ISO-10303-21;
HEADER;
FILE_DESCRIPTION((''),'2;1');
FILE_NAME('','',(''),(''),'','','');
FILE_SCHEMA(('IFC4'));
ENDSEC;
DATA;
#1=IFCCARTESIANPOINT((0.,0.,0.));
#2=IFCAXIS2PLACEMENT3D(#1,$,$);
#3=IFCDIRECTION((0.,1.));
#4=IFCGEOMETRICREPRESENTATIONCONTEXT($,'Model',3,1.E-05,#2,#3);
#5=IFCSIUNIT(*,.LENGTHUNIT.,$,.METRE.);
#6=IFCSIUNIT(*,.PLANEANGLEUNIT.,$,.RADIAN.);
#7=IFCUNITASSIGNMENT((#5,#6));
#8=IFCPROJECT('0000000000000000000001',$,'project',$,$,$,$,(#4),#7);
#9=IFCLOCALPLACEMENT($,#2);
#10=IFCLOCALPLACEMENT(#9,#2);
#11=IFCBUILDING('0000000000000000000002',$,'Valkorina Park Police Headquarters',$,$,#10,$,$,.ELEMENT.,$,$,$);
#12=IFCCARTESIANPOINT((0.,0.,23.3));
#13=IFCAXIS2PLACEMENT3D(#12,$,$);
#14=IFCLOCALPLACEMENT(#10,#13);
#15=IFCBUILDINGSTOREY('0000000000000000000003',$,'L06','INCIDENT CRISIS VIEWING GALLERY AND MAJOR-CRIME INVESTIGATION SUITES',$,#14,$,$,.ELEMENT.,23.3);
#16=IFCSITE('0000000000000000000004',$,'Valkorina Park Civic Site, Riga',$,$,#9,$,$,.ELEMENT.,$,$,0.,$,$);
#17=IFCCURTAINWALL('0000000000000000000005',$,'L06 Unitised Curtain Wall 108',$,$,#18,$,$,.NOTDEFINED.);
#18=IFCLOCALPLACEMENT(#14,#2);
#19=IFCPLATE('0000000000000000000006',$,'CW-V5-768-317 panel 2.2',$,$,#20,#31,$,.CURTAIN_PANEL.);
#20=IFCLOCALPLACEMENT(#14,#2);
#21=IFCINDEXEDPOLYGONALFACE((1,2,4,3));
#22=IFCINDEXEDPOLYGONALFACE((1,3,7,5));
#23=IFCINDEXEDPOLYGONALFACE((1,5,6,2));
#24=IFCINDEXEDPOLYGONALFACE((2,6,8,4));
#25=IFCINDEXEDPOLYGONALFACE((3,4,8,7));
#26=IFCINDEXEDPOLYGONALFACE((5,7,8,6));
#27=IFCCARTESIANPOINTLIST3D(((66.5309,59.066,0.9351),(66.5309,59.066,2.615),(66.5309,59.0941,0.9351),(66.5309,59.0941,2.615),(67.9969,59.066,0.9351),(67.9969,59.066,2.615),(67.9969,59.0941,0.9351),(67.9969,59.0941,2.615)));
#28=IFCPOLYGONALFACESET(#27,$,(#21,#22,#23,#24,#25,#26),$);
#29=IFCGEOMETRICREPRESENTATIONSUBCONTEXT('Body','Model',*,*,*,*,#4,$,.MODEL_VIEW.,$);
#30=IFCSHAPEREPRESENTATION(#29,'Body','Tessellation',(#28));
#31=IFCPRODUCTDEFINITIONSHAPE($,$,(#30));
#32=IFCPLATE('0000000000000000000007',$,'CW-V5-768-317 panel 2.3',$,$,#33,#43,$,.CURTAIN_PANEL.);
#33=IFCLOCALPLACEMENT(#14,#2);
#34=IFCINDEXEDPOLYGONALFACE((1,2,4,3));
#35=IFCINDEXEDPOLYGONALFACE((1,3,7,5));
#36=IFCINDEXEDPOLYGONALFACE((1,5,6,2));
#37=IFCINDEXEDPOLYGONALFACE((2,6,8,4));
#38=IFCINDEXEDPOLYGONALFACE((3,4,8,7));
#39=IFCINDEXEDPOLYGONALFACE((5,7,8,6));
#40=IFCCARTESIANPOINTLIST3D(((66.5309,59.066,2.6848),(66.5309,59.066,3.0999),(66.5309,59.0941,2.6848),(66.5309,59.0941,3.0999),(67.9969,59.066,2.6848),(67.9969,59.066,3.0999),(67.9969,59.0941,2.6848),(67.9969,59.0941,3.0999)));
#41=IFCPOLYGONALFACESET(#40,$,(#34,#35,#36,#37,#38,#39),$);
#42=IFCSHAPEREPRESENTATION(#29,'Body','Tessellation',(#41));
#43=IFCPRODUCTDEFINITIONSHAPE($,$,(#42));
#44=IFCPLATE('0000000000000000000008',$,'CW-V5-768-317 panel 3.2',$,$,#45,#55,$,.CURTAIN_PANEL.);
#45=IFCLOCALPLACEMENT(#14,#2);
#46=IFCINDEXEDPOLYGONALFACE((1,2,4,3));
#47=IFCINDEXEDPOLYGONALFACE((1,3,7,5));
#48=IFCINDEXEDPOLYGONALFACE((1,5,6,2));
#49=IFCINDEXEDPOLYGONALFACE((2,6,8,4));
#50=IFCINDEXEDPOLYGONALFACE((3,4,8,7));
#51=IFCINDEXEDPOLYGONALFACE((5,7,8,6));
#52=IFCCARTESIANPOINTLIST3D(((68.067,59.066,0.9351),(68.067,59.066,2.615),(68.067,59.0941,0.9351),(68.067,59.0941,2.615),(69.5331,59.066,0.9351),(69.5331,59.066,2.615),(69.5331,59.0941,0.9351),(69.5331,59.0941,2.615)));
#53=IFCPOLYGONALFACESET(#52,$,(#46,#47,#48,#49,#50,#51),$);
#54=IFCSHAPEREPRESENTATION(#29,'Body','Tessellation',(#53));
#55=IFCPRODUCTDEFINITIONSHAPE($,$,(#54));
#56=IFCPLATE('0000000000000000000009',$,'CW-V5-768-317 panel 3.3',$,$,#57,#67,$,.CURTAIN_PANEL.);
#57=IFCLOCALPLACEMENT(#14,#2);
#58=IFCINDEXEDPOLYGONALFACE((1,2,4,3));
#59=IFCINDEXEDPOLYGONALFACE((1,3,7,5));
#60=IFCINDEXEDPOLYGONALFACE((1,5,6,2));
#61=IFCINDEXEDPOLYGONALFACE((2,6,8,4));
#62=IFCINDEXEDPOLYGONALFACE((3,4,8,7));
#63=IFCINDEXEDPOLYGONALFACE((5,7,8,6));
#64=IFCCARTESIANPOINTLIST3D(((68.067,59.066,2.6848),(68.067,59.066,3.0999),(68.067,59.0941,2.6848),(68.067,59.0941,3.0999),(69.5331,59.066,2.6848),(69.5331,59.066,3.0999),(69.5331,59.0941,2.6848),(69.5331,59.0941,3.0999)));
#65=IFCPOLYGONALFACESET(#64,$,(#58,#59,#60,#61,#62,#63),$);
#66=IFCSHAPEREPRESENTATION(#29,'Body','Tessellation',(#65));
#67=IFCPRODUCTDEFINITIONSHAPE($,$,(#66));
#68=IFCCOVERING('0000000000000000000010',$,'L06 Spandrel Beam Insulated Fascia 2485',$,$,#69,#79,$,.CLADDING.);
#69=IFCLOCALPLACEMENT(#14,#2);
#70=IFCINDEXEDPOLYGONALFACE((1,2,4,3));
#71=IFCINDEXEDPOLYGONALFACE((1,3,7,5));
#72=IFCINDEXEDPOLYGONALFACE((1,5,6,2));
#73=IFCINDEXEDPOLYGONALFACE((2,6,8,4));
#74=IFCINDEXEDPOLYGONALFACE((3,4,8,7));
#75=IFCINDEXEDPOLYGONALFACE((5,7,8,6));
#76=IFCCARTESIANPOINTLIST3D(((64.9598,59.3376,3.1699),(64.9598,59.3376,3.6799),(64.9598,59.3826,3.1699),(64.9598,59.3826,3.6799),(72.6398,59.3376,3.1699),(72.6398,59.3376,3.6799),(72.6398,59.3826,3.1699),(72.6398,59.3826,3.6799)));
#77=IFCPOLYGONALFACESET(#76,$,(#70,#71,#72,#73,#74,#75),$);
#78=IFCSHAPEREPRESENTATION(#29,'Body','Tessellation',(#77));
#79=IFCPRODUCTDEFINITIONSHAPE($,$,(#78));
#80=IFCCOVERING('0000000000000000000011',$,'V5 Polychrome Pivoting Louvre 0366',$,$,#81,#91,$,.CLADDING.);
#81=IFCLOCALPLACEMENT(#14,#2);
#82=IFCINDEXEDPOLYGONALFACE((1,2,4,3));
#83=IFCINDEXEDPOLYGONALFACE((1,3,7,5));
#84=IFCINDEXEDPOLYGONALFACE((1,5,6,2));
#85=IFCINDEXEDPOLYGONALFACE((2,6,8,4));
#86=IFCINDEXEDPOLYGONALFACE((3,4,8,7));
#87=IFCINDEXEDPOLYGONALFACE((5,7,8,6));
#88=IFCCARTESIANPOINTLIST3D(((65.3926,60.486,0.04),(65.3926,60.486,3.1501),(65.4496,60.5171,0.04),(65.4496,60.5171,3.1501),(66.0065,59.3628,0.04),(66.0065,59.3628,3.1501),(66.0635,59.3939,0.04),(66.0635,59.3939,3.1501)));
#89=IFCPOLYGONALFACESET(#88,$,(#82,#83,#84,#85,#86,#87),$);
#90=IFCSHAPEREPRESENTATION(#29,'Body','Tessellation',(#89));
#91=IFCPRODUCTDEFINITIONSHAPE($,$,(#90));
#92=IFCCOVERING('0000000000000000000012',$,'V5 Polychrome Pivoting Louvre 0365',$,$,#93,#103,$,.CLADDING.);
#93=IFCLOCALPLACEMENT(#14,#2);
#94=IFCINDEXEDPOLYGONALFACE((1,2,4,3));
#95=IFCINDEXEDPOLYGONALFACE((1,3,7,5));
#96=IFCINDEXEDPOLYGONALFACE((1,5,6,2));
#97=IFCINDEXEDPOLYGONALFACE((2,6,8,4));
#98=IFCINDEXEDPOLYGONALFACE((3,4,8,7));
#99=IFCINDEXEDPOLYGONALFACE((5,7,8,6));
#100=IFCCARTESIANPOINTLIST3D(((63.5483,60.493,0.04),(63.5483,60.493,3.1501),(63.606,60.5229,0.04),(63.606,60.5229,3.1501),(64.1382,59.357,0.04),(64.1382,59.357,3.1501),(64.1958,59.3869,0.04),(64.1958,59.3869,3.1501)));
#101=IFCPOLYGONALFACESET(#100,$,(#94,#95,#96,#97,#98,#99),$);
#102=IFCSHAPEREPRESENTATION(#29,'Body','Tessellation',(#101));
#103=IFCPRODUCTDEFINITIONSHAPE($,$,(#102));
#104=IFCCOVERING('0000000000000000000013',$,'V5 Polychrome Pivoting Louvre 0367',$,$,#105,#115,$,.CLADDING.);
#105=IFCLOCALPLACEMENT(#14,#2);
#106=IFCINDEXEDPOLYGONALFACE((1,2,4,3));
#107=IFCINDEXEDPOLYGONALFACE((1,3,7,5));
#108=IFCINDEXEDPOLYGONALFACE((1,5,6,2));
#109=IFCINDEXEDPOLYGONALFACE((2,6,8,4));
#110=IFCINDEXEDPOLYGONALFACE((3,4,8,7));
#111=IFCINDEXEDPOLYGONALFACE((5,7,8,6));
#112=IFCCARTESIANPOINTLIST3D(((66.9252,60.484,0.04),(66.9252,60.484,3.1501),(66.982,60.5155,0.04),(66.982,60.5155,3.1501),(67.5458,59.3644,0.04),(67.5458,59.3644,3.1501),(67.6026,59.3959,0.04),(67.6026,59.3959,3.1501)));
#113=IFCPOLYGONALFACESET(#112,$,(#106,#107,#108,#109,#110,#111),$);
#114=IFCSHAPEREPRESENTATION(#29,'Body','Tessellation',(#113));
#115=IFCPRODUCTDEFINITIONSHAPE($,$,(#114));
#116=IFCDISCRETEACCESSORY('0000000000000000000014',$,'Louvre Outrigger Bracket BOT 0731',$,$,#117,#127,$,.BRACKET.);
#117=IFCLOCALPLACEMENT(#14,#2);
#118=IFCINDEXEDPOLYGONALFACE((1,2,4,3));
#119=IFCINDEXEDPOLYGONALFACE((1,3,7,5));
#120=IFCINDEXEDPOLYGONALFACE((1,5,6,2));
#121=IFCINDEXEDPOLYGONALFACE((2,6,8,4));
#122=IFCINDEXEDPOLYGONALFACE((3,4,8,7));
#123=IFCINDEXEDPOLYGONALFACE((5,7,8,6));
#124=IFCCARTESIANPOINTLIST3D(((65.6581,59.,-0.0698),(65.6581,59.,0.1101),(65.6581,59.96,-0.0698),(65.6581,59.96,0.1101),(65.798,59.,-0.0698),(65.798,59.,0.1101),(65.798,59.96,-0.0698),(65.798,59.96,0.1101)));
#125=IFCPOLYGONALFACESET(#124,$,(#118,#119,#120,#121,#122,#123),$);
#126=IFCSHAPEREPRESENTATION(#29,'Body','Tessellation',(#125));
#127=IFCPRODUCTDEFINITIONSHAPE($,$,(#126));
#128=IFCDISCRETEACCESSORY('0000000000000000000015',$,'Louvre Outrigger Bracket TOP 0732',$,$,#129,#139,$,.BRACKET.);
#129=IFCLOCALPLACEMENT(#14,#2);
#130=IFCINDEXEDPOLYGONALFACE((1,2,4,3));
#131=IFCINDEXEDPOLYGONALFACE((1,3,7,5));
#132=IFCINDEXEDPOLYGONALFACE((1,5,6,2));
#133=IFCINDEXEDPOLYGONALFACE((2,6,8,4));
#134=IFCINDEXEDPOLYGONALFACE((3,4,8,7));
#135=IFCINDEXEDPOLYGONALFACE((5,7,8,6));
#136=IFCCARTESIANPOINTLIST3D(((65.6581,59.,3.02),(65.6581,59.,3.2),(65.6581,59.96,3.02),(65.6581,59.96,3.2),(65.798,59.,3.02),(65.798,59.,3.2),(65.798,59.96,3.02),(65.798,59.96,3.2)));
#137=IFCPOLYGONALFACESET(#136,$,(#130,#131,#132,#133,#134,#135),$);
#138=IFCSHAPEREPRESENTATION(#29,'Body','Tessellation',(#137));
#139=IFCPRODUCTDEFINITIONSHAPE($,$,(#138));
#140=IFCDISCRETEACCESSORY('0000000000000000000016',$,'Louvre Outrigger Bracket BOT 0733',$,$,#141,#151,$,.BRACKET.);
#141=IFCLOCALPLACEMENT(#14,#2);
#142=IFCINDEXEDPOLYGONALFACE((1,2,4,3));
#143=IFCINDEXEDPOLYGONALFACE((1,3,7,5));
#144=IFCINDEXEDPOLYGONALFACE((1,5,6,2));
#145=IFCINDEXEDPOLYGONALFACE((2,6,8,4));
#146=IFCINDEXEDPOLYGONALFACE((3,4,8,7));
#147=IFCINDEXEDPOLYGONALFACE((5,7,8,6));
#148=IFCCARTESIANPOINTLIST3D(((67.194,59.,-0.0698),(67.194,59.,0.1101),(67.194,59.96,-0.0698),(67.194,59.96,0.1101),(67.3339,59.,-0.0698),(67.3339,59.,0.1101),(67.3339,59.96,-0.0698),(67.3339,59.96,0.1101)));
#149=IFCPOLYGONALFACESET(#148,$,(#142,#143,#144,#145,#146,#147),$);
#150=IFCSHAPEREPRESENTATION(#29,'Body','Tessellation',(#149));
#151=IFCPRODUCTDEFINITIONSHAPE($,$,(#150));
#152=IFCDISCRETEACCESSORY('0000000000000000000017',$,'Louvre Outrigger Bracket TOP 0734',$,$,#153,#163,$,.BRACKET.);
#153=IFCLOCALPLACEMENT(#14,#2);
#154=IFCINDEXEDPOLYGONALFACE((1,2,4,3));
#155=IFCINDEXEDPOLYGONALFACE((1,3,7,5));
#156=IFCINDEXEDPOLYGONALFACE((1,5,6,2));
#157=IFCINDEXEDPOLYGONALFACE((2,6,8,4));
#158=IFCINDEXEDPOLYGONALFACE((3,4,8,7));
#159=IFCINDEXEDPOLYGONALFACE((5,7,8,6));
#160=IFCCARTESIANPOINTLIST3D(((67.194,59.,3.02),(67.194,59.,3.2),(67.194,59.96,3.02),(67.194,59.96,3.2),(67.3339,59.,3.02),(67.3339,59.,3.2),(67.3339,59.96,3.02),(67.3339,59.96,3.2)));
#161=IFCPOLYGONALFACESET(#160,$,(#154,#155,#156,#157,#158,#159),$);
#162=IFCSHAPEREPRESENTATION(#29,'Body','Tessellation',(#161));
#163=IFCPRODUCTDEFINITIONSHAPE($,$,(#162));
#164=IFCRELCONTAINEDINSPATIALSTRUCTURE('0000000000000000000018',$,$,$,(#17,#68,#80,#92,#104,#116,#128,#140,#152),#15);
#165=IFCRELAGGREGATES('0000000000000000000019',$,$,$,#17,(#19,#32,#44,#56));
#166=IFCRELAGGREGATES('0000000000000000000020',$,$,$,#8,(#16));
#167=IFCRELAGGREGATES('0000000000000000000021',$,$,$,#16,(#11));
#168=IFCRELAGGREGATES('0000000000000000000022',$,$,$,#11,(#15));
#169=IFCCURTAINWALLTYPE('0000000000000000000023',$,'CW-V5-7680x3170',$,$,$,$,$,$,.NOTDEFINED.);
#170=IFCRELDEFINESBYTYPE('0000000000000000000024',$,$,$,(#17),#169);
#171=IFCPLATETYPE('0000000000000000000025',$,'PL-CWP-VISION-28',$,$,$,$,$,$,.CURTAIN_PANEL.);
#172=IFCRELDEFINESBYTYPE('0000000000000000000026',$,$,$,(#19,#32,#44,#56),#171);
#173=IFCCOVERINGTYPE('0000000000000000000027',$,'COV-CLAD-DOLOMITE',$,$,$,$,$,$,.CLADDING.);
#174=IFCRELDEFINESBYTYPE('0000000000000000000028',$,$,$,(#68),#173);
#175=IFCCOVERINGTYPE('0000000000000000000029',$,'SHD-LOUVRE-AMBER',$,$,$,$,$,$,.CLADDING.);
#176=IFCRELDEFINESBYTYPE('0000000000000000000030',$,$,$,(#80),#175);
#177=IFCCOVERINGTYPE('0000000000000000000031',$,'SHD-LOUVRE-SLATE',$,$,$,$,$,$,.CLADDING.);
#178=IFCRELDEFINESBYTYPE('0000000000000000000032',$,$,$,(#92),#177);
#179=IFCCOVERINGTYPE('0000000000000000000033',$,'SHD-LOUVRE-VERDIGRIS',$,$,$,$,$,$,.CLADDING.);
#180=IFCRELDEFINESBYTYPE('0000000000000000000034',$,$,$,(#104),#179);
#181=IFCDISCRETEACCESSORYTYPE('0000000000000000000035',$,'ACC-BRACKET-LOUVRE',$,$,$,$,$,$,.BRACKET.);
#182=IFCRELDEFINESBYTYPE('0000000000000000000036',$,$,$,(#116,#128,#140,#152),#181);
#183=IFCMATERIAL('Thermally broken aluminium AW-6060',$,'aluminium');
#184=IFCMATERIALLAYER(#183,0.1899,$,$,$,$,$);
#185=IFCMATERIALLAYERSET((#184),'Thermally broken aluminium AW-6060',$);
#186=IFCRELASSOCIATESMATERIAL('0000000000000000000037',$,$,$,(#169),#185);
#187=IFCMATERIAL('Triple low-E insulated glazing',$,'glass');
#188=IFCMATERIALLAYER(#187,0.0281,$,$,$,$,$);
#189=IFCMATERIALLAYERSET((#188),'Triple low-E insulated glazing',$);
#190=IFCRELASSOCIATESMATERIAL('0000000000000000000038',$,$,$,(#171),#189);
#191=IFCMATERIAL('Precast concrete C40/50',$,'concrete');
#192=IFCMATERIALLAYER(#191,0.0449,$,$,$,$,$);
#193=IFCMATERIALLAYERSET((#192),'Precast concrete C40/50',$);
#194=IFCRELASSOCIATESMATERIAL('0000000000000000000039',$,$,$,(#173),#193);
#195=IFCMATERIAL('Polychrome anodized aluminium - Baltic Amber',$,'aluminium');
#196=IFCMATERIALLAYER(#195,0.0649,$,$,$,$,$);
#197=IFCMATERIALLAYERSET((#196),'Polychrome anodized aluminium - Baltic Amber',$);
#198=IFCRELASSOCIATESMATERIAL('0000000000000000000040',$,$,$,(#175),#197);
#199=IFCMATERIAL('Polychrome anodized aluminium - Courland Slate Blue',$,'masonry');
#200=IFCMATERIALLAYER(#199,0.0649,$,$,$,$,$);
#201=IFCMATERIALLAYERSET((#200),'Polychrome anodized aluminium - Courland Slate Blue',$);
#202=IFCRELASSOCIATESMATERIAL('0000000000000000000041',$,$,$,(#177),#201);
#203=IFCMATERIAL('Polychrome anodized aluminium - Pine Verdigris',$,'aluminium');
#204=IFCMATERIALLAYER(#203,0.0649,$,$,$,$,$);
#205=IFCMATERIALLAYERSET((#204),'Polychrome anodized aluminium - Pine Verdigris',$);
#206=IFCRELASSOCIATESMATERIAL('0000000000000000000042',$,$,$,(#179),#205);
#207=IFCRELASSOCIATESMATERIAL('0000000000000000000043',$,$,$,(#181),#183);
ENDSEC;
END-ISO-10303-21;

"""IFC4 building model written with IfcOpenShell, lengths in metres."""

from ifc_helpers import new_model, si_unit, direction, frame, frame_2d, origin, origin_2d, place, context, subcontext, project, spatial, rectangle, extrude, material, layer, layer_set, type_object, element, aggregate, save


model = new_model("IFC4")

# Units and contexts
model_context = context("Model", 3, precision=1e-05, world=origin(), true_north=direction((0.0, 1.0)))
body_context = subcontext(model_context, "Body", "Model", "MODEL_VIEW")
ifc_project = project(units=[si_unit("LENGTHUNIT", "METRE"), si_unit("PLANEANGLEUNIT", "RADIAN")], contexts=[model_context])

# Site, building, storey
site_placement = place(None, origin())
site = spatial("IfcSite", under=ifc_project, at=site_placement, Name="Valkorina Park Civic Site, Riga", CompositionType="ELEMENT", RefElevation=0.0)
building_placement = place(site_placement, origin())
building = spatial("IfcBuilding", under=site, at=building_placement, Name="Valkorina Park Police Headquarters", CompositionType="ELEMENT")
storey_placement = place(building_placement, frame((0.0, 0.0, 23.3)))
storey = spatial("IfcBuildingStorey", under=building, at=storey_placement, Name="L06", Description="INCIDENT CRISIS VIEWING GALLERY AND MAJOR-CRIME INVESTIGATION SUITES", CompositionType="ELEMENT", Elevation=23.3)

# Shared definitions
ifc_material_1 = material(Name="Thermally broken aluminium AW-6060", Category="aluminium")
ifc_layer_1 = layer(ifc_material_1, 0.1899)
ifc_layer_set_1 = layer_set([ifc_layer_1], Name="Thermally broken aluminium AW-6060")
curtain_wall_type = type_object("IfcCurtainWallType", Name="CW-V5-7680x3170", PredefinedType="NOTDEFINED", material=ifc_layer_set_1)

# Curtain wall, plates
curtain_wall_1_placement = place(storey_placement, origin())
curtain_wall_1 = element("IfcCurtainWall", 1, at=curtain_wall_1_placement, inside=storey, type_object=curtain_wall_type, Name="L06 Unitised Curtain Wall 108", PredefinedType="NOTDEFINED")
ifc_material_2 = material(Name="Triple low-E insulated glazing", Category="glass")
ifc_layer_2 = layer(ifc_material_2, 0.0281)
ifc_layer_set_2 = layer_set([ifc_layer_2], Name="Triple low-E insulated glazing")
plate_type_1 = type_object("IfcPlateType", Name="PL-CWP-VISION-28", PredefinedType="CURTAIN_PANEL", material=ifc_layer_set_2)
plate_1_placement = place(storey_placement, frame((67.2639, 59.0801, 0.9351), z_axis=(0.0, 0.0, 1.0), x_axis=(1.0, 0.0, 0.0)))
plate_1 = element("IfcPlate", 2, at=plate_1_placement, type_object=plate_type_1, Name="CW-V5-768-317 panel 2.2", PredefinedType="CURTAIN_PANEL", context=body_context, shape_type="SweptSolid", body=[
    extrude(rectangle(XDim=1.4661, YDim=0.0281, at=origin_2d()), origin(), (0.0, 0.0, 1.0), 1.6799),
])
plate_2_placement = place(storey_placement, frame((67.2639, 59.0801, 2.6848), z_axis=(0.0, 0.0, 1.0), x_axis=(1.0, 0.0, 0.0)))
plate_2 = element("IfcPlate", 3, at=plate_2_placement, type_object=plate_type_1, Name="CW-V5-768-317 panel 2.3", PredefinedType="CURTAIN_PANEL", context=body_context, shape_type="SweptSolid", body=[
    extrude(rectangle(XDim=1.4661, YDim=0.0281, at=origin_2d()), origin(), (0.0, 0.0, 1.0), 0.415),
])
plate_3_placement = place(storey_placement, frame((68.8, 59.0801, 0.9351), z_axis=(0.0, 0.0, 1.0), x_axis=(1.0, 0.0, 0.0)))
plate_3 = element("IfcPlate", 4, at=plate_3_placement, type_object=plate_type_1, Name="CW-V5-768-317 panel 3.2", PredefinedType="CURTAIN_PANEL", context=body_context, shape_type="SweptSolid", body=[
    extrude(rectangle(XDim=1.4661, YDim=0.0281, at=origin_2d()), origin(), (0.0, 0.0, 1.0), 1.6799),
])
plate_4_placement = place(storey_placement, frame((68.8, 59.0801, 2.6848), z_axis=(0.0, 0.0, 1.0), x_axis=(1.0, 0.0, 0.0)))
plate_4 = element("IfcPlate", 5, at=plate_4_placement, type_object=plate_type_1, Name="CW-V5-768-317 panel 3.3", PredefinedType="CURTAIN_PANEL", context=body_context, shape_type="SweptSolid", body=[
    extrude(rectangle(XDim=1.4661, YDim=0.0281, at=origin_2d()), origin(), (0.0, 0.0, 1.0), 0.415),
])
aggregate(curtain_wall_1, [plate_1, plate_2, plate_3, plate_4])

# Coverings
ifc_material_3 = material(Name="Precast concrete C40/50", Category="concrete")
ifc_layer_3 = layer(ifc_material_3, 0.0449)
ifc_layer_set_3 = layer_set([ifc_layer_3], Name="Precast concrete C40/50")
covering_type_1 = type_object("IfcCoveringType", Name="COV-CLAD-DOLOMITE", PredefinedType="CLADDING", material=ifc_layer_set_3)
covering_1_placement = place(storey_placement, frame((64.96, 59.3601, 3.1699), z_axis=(0.0, 0.0, 1.0), x_axis=(1.0, 0.0, 0.0)))
element("IfcCovering", 6, at=covering_1_placement, inside=storey, type_object=covering_type_1, Name="L06 Spandrel Beam Insulated Fascia 2485", PredefinedType="CLADDING", context=body_context, shape_type="SweptSolid", body=[
    extrude(rectangle(XDim=7.6799, YDim=0.0449, at=frame_2d((3.8398, 0.0))), origin(), (0.0, 0.0, 1.0), 0.51),
])
ifc_material_4 = material(Name="Polychrome anodized aluminium - Baltic Amber", Category="aluminium")
ifc_layer_4 = layer(ifc_material_4, 0.0649)
ifc_layer_set_4 = layer_set([ifc_layer_4], Name="Polychrome anodized aluminium - Baltic Amber")
covering_type_2 = type_object("IfcCoveringType", Name="SHD-LOUVRE-AMBER", PredefinedType="CLADDING", material=ifc_layer_set_4)
covering_2_placement = place(storey_placement, frame((65.728, 59.9399, 0.04), z_axis=(0.0, 0.0, 1.0), x_axis=(-0.479611, 0.877481, 0.0)))
element("IfcCovering", 7, at=covering_2_placement, inside=storey, type_object=covering_type_2, Name="V5 Polychrome Pivoting Louvre 0366", PredefinedType="CLADDING", context=body_context, shape_type="SweptSolid", body=[
    extrude(rectangle(XDim=1.28, YDim=0.0649, at=origin_2d()), origin(), (0.0, 0.0, 1.0), 3.1101),
])
ifc_material_5 = material(Name="Polychrome anodized aluminium - Courland Slate Blue", Category="masonry")
ifc_layer_5 = layer(ifc_material_5, 0.0649)
ifc_layer_set_5 = layer_set([ifc_layer_5], Name="Polychrome anodized aluminium - Courland Slate Blue")
covering_type_3 = type_object("IfcCoveringType", Name="SHD-LOUVRE-SLATE", PredefinedType="CLADDING", material=ifc_layer_set_5)
covering_3_placement = place(storey_placement, frame((63.8721, 59.9399, 0.04), z_axis=(0.0, 0.0, 1.0), x_axis=(-0.460819, 0.887494, 0.0)))
element("IfcCovering", 8, at=covering_3_placement, inside=storey, type_object=covering_type_3, Name="V5 Polychrome Pivoting Louvre 0365", PredefinedType="CLADDING", context=body_context, shape_type="SweptSolid", body=[
    extrude(rectangle(XDim=1.28, YDim=0.0649, at=origin_2d()), origin(), (0.0, 0.0, 1.0), 3.1101),
])
ifc_material_6 = material(Name="Polychrome anodized aluminium - Pine Verdigris", Category="aluminium")
ifc_layer_6 = layer(ifc_material_6, 0.0649)
ifc_layer_set_6 = layer_set([ifc_layer_6], Name="Polychrome anodized aluminium - Pine Verdigris")
covering_type_4 = type_object("IfcCoveringType", Name="SHD-LOUVRE-VERDIGRIS", PredefinedType="CLADDING", material=ifc_layer_set_6)
covering_4_placement = place(storey_placement, frame((67.2639, 59.9399, 0.04), z_axis=(0.0, 0.0, 1.0), x_axis=(-0.48481, 0.87462, 0.0)))
element("IfcCovering", 9, at=covering_4_placement, inside=storey, type_object=covering_type_4, Name="V5 Polychrome Pivoting Louvre 0367", PredefinedType="CLADDING", context=body_context, shape_type="SweptSolid", body=[
    extrude(rectangle(XDim=1.28, YDim=0.0649, at=origin_2d()), origin(), (0.0, 0.0, 1.0), 3.1101),
])

# Discrete accessories
discrete_accessory_type = type_object("IfcDiscreteAccessoryType", Name="ACC-BRACKET-LOUVRE", PredefinedType="BRACKET", material=ifc_material_1)
for number, where, z_axis, x_axis, name in (
    (10, (65.728, 59.48, -0.0698), (0.0, 0.0, 1.0), (0.0, 1.0, 0.0), "Louvre Outrigger Bracket BOT 0731"),
    (11, (65.728, 59.48, 3.02), (0.0, 0.0, 1.0), (0.0, 1.0, 0.0), "Louvre Outrigger Bracket TOP 0732"),
    (12, (67.2639, 59.48, -0.0698), (0.0, 0.0, 1.0), (0.0, 1.0, 0.0), "Louvre Outrigger Bracket BOT 0733"),
    (13, (67.2639, 59.48, 3.02), (0.0, 0.0, 1.0), (0.0, 1.0, 0.0), "Louvre Outrigger Bracket TOP 0734"),
):
    element("IfcDiscreteAccessory", number, at=place(storey_placement, frame(where, z_axis=z_axis, x_axis=x_axis)), inside=storey, type_object=discrete_accessory_type, Name=name, PredefinedType="BRACKET", context=body_context, shape_type="SweptSolid", body=[
        extrude(rectangle(XDim=0.96, YDim=0.1399, at=origin_2d()), origin(), (0.0, 0.0, 1.0), 0.1799),
    ])

save(model, "model.ifc")
